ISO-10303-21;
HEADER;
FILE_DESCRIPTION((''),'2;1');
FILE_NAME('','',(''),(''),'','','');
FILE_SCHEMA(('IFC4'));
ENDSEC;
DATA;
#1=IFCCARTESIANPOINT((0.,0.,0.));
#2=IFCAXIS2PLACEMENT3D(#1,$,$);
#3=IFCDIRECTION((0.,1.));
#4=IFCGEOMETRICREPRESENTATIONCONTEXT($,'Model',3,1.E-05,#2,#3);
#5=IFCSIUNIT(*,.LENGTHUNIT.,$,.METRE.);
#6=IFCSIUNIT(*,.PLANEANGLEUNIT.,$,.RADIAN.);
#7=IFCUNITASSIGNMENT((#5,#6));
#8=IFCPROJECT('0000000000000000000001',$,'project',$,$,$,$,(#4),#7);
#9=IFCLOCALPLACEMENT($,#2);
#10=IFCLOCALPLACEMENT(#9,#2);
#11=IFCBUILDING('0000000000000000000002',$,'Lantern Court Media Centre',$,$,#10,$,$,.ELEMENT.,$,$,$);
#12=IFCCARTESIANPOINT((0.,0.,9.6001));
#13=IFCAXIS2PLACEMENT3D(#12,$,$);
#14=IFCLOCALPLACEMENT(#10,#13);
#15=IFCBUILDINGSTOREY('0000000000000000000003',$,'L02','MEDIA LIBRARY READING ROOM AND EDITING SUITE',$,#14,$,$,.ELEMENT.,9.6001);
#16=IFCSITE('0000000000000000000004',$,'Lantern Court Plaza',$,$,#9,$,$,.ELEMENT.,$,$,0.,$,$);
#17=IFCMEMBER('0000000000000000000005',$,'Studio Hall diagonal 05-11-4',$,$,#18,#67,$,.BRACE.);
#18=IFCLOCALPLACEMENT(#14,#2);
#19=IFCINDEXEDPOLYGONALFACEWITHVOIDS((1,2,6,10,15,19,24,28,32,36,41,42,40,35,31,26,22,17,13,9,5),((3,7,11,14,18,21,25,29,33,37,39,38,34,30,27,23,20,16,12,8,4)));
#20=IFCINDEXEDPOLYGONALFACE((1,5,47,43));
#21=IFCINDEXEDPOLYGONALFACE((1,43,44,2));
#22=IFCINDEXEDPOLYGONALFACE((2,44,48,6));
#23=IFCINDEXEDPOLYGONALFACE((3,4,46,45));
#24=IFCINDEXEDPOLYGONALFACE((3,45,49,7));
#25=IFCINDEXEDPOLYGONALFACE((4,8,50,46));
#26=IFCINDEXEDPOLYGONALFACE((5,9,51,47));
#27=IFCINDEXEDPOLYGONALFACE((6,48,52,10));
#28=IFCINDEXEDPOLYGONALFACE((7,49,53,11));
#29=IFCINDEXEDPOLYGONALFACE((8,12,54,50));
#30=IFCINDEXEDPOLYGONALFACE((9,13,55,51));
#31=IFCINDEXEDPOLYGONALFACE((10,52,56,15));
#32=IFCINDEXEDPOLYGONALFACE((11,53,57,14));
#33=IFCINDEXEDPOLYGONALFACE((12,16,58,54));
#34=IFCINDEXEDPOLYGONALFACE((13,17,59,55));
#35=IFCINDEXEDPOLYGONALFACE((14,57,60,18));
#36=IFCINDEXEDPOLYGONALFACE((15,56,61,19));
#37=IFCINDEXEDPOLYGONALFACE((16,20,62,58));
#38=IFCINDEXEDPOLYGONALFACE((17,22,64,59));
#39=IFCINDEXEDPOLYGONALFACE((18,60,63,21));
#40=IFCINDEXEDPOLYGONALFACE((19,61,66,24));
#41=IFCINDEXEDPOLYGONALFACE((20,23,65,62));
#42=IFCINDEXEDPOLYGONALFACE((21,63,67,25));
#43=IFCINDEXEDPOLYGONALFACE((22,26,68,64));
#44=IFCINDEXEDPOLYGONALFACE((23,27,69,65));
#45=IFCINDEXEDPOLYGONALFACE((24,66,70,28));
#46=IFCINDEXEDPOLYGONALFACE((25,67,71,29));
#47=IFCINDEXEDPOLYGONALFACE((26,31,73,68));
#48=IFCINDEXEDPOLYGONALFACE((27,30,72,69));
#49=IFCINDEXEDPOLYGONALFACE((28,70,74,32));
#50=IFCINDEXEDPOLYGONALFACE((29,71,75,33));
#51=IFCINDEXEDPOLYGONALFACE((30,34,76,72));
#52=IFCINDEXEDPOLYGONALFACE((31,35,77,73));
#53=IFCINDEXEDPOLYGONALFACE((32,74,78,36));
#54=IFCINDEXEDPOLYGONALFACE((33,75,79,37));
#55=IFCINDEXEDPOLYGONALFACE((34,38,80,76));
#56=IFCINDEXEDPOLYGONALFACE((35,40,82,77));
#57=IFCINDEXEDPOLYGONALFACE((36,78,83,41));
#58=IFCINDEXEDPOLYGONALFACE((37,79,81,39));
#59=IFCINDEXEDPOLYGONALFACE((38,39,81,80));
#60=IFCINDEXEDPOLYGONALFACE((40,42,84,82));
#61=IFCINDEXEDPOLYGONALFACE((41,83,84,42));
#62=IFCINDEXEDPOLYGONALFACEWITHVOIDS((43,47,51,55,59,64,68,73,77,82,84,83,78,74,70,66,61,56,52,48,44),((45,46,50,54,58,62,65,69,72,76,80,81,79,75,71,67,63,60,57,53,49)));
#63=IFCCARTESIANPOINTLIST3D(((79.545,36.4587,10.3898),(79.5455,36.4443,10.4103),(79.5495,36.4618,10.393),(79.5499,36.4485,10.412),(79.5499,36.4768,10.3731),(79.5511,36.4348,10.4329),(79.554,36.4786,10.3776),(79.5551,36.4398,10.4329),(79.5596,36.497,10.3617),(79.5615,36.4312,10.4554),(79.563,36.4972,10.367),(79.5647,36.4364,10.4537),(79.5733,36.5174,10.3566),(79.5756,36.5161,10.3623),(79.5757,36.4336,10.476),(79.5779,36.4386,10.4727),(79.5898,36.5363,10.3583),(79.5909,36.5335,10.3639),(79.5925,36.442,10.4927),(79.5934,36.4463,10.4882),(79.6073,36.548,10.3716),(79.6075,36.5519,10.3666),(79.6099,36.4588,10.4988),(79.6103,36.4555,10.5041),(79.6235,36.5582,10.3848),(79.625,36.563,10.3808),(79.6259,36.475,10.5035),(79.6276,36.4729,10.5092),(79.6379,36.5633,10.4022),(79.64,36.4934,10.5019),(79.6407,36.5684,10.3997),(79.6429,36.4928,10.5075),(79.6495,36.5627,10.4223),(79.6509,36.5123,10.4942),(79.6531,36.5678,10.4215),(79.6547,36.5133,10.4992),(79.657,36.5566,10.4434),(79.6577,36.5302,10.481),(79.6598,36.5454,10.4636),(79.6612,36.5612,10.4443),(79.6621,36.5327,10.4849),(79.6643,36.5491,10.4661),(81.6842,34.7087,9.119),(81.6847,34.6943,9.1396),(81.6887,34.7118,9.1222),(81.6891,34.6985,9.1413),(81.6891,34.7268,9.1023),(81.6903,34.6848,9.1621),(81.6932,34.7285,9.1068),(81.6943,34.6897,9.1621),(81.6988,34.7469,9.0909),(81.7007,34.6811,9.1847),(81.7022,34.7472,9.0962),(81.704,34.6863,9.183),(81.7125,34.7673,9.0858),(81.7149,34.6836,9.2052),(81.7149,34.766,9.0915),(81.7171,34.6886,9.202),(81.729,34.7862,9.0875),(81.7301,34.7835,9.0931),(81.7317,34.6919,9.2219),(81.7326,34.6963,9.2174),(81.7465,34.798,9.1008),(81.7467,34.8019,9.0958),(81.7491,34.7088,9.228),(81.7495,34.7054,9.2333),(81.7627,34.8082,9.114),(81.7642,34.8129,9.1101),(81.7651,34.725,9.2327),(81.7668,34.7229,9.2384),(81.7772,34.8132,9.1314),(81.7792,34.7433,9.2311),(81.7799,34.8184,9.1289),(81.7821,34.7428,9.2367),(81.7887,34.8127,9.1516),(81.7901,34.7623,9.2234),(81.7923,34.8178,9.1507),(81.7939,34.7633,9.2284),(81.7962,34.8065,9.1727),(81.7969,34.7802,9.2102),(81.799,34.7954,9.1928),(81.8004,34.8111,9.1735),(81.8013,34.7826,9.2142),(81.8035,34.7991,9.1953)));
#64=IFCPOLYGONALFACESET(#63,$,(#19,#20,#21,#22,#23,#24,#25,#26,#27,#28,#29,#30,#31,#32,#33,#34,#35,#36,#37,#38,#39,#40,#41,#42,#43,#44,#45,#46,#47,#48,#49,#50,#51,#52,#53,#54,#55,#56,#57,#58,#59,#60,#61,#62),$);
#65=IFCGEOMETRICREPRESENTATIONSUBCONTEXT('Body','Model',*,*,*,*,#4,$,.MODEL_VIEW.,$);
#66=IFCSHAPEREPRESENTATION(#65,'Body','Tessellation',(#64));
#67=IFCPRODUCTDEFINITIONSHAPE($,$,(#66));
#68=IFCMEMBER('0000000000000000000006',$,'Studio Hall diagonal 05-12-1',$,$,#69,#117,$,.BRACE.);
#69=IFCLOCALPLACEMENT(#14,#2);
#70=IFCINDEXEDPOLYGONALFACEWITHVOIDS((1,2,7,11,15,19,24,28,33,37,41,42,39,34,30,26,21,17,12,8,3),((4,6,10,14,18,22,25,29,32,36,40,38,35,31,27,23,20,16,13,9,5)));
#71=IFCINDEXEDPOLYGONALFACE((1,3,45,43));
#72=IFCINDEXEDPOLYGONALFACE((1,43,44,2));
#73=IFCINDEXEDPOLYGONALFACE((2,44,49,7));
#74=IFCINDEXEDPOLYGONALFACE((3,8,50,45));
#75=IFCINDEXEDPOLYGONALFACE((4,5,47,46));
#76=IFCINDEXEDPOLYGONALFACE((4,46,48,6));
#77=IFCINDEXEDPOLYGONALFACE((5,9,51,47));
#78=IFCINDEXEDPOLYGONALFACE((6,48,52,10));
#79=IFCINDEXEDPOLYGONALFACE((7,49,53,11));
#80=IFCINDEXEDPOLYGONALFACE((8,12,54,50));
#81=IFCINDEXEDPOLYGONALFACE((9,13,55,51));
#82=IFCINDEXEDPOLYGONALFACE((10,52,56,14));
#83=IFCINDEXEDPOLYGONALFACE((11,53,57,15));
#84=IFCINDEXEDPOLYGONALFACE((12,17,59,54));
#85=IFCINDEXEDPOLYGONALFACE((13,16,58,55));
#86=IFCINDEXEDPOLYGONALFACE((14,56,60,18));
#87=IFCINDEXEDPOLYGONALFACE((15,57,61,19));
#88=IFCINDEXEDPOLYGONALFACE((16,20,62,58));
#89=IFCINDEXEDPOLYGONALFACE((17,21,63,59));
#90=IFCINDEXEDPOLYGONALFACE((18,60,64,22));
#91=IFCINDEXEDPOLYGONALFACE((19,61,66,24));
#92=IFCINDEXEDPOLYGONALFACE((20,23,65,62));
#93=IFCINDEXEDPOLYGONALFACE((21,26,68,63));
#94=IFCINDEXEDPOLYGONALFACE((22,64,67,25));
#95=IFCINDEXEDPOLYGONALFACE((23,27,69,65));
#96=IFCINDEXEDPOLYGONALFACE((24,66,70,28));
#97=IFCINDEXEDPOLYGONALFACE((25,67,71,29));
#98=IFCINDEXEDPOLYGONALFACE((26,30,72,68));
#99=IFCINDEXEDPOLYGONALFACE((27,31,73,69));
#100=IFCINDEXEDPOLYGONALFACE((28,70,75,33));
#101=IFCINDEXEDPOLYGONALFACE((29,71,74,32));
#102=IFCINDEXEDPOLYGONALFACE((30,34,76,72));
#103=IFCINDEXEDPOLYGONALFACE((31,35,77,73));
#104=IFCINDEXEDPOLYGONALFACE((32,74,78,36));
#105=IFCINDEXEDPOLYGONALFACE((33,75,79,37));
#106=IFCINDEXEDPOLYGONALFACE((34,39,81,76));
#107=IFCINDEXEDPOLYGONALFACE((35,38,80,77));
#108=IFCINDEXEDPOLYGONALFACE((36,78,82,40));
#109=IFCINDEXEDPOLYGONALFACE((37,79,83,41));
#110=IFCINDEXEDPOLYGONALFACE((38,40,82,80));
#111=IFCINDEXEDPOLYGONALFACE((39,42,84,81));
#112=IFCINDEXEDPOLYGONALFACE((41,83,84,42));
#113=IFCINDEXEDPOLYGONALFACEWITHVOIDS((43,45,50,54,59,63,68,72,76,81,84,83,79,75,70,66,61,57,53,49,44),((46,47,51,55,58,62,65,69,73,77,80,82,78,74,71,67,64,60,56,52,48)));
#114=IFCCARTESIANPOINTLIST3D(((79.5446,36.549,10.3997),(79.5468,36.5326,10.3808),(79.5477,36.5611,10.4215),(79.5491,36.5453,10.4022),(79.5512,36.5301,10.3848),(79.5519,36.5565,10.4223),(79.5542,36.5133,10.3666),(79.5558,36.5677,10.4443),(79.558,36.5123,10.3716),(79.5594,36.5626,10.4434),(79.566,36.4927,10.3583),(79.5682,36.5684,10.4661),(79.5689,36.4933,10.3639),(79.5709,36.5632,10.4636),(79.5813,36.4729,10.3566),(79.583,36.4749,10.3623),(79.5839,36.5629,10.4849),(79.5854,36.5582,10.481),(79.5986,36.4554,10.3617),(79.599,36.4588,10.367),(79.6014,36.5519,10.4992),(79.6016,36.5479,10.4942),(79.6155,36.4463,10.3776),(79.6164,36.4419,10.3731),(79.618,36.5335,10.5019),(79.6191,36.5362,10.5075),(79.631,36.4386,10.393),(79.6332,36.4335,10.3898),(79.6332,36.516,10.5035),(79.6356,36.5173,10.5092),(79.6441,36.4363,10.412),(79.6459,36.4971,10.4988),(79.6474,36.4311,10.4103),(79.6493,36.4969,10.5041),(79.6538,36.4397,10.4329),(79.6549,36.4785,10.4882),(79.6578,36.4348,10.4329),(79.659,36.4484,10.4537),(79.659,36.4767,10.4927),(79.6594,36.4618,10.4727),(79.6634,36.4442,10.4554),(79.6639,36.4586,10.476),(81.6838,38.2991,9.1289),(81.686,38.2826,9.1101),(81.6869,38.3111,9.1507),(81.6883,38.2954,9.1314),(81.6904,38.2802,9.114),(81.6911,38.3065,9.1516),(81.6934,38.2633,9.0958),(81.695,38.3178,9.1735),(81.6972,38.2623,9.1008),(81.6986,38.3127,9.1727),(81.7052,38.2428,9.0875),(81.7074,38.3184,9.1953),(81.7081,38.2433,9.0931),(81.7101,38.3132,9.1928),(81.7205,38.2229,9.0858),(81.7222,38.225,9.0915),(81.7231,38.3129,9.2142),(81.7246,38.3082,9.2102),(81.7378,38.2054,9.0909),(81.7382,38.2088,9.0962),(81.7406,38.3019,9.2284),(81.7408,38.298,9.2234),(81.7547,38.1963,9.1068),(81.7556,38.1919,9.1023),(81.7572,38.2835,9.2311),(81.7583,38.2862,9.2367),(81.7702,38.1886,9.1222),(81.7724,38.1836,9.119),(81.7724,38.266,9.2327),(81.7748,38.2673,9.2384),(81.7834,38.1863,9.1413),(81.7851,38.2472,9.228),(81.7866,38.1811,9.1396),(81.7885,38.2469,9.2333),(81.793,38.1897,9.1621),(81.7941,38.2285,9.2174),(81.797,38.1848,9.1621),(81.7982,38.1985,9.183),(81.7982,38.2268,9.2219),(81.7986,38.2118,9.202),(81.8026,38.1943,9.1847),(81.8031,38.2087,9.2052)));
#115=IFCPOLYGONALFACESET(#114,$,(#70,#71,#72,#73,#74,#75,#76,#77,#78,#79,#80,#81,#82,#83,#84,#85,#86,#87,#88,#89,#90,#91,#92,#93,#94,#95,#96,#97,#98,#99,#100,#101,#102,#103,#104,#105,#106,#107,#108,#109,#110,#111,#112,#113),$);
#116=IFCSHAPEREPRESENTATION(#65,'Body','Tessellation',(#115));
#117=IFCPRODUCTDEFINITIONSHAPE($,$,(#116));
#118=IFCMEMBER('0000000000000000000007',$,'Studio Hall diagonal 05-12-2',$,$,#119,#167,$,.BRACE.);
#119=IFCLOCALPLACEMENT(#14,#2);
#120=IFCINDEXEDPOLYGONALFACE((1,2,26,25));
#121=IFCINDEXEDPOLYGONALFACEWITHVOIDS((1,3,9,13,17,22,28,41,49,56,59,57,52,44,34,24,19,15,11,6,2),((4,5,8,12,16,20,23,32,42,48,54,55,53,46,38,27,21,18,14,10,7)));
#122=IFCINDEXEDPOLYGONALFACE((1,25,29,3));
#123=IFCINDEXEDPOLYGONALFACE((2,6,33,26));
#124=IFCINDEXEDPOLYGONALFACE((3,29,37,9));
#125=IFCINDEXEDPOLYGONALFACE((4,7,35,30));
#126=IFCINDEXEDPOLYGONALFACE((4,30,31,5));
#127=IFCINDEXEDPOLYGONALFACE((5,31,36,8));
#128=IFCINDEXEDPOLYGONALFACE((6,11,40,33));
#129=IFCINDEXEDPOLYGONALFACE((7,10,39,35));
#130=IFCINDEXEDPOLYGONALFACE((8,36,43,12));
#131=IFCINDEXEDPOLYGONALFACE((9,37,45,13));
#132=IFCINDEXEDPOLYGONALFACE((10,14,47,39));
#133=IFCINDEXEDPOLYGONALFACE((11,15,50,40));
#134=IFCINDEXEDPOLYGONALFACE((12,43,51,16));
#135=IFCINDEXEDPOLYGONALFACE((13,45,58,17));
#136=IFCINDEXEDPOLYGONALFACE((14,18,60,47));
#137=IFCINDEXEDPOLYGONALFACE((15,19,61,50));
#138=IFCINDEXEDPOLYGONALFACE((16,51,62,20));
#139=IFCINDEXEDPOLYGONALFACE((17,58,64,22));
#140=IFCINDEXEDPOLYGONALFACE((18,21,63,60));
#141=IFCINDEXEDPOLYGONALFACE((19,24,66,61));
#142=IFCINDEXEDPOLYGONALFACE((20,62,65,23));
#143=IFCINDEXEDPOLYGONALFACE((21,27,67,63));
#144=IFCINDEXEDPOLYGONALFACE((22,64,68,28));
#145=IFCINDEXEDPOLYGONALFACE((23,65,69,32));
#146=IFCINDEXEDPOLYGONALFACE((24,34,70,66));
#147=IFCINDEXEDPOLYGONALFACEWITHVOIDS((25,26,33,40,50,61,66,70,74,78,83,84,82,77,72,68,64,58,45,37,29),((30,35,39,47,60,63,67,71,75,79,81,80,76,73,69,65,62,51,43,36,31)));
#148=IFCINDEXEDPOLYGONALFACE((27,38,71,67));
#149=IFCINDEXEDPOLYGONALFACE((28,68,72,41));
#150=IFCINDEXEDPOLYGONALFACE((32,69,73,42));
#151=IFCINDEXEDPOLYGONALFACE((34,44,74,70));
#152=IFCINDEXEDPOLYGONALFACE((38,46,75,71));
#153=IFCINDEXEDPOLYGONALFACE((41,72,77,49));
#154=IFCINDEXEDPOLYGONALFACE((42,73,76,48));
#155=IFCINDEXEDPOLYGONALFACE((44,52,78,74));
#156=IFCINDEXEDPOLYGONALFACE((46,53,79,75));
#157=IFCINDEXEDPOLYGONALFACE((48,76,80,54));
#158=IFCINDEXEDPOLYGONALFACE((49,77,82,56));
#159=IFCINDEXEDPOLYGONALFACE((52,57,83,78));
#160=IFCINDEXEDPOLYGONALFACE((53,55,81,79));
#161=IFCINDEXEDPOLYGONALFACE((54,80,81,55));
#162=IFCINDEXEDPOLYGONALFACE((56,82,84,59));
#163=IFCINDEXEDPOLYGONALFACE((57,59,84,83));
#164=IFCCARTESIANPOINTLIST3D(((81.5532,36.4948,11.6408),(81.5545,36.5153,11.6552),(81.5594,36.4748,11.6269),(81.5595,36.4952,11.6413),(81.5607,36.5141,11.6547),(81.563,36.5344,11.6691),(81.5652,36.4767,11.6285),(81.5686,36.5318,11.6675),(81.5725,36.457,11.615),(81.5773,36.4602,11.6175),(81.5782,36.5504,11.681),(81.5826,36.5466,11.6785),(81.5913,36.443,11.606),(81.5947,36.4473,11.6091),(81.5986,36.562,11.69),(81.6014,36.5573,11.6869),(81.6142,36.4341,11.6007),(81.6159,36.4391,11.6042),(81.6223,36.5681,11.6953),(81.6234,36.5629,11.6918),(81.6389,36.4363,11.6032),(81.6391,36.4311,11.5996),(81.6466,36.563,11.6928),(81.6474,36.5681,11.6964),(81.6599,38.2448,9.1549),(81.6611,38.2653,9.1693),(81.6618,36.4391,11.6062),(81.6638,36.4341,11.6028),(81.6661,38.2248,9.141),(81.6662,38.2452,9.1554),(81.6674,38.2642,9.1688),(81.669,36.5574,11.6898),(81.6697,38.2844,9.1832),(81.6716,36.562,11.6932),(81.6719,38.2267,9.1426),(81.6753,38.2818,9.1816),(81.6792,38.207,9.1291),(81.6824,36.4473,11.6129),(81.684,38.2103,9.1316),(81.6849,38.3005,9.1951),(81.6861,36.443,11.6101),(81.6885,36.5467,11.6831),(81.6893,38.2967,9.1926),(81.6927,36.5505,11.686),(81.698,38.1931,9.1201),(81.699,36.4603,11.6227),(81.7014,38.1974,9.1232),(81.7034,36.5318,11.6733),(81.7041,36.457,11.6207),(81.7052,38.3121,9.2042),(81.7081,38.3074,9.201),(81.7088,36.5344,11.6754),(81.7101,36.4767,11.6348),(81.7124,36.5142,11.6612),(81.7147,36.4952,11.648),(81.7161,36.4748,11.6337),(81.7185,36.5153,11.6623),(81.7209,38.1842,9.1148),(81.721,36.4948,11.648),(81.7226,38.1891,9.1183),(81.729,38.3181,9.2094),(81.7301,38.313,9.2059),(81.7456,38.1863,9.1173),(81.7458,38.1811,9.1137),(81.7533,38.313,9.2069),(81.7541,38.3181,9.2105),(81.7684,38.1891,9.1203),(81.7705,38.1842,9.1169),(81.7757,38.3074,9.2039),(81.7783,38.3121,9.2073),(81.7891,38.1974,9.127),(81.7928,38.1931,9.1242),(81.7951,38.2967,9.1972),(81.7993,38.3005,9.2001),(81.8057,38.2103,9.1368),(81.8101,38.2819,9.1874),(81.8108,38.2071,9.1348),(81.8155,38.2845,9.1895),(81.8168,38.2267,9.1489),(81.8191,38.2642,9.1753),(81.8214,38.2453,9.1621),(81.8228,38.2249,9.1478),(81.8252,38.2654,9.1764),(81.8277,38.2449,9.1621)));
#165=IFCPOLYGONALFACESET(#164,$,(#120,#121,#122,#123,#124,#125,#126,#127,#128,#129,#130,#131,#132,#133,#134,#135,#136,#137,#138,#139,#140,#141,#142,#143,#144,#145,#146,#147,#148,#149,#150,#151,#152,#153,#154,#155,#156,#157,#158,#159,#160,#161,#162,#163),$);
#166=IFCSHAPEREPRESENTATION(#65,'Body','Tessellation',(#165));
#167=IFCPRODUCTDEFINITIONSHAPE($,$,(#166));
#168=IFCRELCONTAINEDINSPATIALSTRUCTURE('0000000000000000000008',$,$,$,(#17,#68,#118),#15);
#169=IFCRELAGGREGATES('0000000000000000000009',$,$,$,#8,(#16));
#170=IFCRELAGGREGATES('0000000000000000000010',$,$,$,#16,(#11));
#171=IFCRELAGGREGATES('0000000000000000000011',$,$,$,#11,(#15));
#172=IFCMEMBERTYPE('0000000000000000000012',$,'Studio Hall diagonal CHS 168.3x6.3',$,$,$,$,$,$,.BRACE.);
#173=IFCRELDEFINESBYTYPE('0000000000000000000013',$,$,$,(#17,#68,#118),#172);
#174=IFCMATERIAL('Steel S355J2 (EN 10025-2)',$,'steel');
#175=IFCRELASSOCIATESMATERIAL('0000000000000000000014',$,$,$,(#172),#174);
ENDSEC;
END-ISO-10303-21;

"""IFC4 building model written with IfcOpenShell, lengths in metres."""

from ifc_helpers import new_model, si_unit, direction, frame, origin, origin_2d, place, context, subcontext, project, spatial, hollow_circle, extrude, material, material_profile, profile_set, type_object, element, save


model = new_model("IFC4")

# Units and contexts
model_context = context("Model", 3, precision=1e-05, world=origin(), true_north=direction((0.0, 1.0)))
body_context = subcontext(model_context, "Body", "Model", "MODEL_VIEW")
ifc_project = project(units=[si_unit("LENGTHUNIT", "METRE"), si_unit("PLANEANGLEUNIT", "RADIAN")], contexts=[model_context])

# Site, building, storey
site_placement = place(None, origin())
site = spatial("IfcSite", under=ifc_project, at=site_placement, Name="Lantern Court Plaza", CompositionType="ELEMENT", RefElevation=0.0)
building_placement = place(site_placement, origin())
building = spatial("IfcBuilding", under=site, at=building_placement, Name="Lantern Court Media Centre", CompositionType="ELEMENT")
storey_placement = place(building_placement, frame((0.0, 0.0, 9.6001)))
storey = spatial("IfcBuildingStorey", under=building, at=storey_placement, Name="L02", Description="MEDIA LIBRARY READING ROOM AND EDITING SUITE", CompositionType="ELEMENT", Elevation=9.6001)

# Members
ifc_material = material(Name="Steel S355J2 (EN 10025-2)", Category="steel")
ifc_material_profile_1 = material_profile(ifc_material, hollow_circle(Radius=0.0842, WallThickness=0.0063, at=origin_2d()), Name="Studio Hall diagonal CHS 168.3x6.3")
ifc_profile_set_1 = profile_set([ifc_material_profile_1], Name="Steel S355J2 (EN 10025-2)")
member_type_1 = type_object("IfcMemberType", Name="Studio Hall diagonal CHS 168.3x6.3", PredefinedType="BRACE", material=ifc_profile_set_1)
for number, where, z_axis, x_axis, name in (
    (1, (81.7437, 34.75, 9.1621), (-0.703225, 0.575293, 0.417746), (-0.63319, -0.773997, 0.0), "Studio Hall diagonal 05-11-4"),
    (2, (81.7437, 38.25, 9.1621), (-0.703225, -0.575293, 0.417746), (0.63319, -0.773997, 0.0), "Studio Hall diagonal 05-12-1"),
    (3, (81.7437, 38.25, 9.1621), (-0.035073, -0.575294, 0.817194), (0.998147, -0.060852, 0.0), "Studio Hall diagonal 05-12-2"),
):
    element("IfcMember", number, at=place(storey_placement, frame(where, z_axis=z_axis, x_axis=x_axis)), inside=storey, type_object=member_type_1, Name=name, PredefinedType="BRACE", context=body_context, shape_type="SweptSolid", body=[
        extrude(hollow_circle(Radius=0.0842, WallThickness=0.0063, at=origin_2d()), origin(), (0.0, 0.0, 1.0), 3.042),
    ])

save(model, "model.ifc")
